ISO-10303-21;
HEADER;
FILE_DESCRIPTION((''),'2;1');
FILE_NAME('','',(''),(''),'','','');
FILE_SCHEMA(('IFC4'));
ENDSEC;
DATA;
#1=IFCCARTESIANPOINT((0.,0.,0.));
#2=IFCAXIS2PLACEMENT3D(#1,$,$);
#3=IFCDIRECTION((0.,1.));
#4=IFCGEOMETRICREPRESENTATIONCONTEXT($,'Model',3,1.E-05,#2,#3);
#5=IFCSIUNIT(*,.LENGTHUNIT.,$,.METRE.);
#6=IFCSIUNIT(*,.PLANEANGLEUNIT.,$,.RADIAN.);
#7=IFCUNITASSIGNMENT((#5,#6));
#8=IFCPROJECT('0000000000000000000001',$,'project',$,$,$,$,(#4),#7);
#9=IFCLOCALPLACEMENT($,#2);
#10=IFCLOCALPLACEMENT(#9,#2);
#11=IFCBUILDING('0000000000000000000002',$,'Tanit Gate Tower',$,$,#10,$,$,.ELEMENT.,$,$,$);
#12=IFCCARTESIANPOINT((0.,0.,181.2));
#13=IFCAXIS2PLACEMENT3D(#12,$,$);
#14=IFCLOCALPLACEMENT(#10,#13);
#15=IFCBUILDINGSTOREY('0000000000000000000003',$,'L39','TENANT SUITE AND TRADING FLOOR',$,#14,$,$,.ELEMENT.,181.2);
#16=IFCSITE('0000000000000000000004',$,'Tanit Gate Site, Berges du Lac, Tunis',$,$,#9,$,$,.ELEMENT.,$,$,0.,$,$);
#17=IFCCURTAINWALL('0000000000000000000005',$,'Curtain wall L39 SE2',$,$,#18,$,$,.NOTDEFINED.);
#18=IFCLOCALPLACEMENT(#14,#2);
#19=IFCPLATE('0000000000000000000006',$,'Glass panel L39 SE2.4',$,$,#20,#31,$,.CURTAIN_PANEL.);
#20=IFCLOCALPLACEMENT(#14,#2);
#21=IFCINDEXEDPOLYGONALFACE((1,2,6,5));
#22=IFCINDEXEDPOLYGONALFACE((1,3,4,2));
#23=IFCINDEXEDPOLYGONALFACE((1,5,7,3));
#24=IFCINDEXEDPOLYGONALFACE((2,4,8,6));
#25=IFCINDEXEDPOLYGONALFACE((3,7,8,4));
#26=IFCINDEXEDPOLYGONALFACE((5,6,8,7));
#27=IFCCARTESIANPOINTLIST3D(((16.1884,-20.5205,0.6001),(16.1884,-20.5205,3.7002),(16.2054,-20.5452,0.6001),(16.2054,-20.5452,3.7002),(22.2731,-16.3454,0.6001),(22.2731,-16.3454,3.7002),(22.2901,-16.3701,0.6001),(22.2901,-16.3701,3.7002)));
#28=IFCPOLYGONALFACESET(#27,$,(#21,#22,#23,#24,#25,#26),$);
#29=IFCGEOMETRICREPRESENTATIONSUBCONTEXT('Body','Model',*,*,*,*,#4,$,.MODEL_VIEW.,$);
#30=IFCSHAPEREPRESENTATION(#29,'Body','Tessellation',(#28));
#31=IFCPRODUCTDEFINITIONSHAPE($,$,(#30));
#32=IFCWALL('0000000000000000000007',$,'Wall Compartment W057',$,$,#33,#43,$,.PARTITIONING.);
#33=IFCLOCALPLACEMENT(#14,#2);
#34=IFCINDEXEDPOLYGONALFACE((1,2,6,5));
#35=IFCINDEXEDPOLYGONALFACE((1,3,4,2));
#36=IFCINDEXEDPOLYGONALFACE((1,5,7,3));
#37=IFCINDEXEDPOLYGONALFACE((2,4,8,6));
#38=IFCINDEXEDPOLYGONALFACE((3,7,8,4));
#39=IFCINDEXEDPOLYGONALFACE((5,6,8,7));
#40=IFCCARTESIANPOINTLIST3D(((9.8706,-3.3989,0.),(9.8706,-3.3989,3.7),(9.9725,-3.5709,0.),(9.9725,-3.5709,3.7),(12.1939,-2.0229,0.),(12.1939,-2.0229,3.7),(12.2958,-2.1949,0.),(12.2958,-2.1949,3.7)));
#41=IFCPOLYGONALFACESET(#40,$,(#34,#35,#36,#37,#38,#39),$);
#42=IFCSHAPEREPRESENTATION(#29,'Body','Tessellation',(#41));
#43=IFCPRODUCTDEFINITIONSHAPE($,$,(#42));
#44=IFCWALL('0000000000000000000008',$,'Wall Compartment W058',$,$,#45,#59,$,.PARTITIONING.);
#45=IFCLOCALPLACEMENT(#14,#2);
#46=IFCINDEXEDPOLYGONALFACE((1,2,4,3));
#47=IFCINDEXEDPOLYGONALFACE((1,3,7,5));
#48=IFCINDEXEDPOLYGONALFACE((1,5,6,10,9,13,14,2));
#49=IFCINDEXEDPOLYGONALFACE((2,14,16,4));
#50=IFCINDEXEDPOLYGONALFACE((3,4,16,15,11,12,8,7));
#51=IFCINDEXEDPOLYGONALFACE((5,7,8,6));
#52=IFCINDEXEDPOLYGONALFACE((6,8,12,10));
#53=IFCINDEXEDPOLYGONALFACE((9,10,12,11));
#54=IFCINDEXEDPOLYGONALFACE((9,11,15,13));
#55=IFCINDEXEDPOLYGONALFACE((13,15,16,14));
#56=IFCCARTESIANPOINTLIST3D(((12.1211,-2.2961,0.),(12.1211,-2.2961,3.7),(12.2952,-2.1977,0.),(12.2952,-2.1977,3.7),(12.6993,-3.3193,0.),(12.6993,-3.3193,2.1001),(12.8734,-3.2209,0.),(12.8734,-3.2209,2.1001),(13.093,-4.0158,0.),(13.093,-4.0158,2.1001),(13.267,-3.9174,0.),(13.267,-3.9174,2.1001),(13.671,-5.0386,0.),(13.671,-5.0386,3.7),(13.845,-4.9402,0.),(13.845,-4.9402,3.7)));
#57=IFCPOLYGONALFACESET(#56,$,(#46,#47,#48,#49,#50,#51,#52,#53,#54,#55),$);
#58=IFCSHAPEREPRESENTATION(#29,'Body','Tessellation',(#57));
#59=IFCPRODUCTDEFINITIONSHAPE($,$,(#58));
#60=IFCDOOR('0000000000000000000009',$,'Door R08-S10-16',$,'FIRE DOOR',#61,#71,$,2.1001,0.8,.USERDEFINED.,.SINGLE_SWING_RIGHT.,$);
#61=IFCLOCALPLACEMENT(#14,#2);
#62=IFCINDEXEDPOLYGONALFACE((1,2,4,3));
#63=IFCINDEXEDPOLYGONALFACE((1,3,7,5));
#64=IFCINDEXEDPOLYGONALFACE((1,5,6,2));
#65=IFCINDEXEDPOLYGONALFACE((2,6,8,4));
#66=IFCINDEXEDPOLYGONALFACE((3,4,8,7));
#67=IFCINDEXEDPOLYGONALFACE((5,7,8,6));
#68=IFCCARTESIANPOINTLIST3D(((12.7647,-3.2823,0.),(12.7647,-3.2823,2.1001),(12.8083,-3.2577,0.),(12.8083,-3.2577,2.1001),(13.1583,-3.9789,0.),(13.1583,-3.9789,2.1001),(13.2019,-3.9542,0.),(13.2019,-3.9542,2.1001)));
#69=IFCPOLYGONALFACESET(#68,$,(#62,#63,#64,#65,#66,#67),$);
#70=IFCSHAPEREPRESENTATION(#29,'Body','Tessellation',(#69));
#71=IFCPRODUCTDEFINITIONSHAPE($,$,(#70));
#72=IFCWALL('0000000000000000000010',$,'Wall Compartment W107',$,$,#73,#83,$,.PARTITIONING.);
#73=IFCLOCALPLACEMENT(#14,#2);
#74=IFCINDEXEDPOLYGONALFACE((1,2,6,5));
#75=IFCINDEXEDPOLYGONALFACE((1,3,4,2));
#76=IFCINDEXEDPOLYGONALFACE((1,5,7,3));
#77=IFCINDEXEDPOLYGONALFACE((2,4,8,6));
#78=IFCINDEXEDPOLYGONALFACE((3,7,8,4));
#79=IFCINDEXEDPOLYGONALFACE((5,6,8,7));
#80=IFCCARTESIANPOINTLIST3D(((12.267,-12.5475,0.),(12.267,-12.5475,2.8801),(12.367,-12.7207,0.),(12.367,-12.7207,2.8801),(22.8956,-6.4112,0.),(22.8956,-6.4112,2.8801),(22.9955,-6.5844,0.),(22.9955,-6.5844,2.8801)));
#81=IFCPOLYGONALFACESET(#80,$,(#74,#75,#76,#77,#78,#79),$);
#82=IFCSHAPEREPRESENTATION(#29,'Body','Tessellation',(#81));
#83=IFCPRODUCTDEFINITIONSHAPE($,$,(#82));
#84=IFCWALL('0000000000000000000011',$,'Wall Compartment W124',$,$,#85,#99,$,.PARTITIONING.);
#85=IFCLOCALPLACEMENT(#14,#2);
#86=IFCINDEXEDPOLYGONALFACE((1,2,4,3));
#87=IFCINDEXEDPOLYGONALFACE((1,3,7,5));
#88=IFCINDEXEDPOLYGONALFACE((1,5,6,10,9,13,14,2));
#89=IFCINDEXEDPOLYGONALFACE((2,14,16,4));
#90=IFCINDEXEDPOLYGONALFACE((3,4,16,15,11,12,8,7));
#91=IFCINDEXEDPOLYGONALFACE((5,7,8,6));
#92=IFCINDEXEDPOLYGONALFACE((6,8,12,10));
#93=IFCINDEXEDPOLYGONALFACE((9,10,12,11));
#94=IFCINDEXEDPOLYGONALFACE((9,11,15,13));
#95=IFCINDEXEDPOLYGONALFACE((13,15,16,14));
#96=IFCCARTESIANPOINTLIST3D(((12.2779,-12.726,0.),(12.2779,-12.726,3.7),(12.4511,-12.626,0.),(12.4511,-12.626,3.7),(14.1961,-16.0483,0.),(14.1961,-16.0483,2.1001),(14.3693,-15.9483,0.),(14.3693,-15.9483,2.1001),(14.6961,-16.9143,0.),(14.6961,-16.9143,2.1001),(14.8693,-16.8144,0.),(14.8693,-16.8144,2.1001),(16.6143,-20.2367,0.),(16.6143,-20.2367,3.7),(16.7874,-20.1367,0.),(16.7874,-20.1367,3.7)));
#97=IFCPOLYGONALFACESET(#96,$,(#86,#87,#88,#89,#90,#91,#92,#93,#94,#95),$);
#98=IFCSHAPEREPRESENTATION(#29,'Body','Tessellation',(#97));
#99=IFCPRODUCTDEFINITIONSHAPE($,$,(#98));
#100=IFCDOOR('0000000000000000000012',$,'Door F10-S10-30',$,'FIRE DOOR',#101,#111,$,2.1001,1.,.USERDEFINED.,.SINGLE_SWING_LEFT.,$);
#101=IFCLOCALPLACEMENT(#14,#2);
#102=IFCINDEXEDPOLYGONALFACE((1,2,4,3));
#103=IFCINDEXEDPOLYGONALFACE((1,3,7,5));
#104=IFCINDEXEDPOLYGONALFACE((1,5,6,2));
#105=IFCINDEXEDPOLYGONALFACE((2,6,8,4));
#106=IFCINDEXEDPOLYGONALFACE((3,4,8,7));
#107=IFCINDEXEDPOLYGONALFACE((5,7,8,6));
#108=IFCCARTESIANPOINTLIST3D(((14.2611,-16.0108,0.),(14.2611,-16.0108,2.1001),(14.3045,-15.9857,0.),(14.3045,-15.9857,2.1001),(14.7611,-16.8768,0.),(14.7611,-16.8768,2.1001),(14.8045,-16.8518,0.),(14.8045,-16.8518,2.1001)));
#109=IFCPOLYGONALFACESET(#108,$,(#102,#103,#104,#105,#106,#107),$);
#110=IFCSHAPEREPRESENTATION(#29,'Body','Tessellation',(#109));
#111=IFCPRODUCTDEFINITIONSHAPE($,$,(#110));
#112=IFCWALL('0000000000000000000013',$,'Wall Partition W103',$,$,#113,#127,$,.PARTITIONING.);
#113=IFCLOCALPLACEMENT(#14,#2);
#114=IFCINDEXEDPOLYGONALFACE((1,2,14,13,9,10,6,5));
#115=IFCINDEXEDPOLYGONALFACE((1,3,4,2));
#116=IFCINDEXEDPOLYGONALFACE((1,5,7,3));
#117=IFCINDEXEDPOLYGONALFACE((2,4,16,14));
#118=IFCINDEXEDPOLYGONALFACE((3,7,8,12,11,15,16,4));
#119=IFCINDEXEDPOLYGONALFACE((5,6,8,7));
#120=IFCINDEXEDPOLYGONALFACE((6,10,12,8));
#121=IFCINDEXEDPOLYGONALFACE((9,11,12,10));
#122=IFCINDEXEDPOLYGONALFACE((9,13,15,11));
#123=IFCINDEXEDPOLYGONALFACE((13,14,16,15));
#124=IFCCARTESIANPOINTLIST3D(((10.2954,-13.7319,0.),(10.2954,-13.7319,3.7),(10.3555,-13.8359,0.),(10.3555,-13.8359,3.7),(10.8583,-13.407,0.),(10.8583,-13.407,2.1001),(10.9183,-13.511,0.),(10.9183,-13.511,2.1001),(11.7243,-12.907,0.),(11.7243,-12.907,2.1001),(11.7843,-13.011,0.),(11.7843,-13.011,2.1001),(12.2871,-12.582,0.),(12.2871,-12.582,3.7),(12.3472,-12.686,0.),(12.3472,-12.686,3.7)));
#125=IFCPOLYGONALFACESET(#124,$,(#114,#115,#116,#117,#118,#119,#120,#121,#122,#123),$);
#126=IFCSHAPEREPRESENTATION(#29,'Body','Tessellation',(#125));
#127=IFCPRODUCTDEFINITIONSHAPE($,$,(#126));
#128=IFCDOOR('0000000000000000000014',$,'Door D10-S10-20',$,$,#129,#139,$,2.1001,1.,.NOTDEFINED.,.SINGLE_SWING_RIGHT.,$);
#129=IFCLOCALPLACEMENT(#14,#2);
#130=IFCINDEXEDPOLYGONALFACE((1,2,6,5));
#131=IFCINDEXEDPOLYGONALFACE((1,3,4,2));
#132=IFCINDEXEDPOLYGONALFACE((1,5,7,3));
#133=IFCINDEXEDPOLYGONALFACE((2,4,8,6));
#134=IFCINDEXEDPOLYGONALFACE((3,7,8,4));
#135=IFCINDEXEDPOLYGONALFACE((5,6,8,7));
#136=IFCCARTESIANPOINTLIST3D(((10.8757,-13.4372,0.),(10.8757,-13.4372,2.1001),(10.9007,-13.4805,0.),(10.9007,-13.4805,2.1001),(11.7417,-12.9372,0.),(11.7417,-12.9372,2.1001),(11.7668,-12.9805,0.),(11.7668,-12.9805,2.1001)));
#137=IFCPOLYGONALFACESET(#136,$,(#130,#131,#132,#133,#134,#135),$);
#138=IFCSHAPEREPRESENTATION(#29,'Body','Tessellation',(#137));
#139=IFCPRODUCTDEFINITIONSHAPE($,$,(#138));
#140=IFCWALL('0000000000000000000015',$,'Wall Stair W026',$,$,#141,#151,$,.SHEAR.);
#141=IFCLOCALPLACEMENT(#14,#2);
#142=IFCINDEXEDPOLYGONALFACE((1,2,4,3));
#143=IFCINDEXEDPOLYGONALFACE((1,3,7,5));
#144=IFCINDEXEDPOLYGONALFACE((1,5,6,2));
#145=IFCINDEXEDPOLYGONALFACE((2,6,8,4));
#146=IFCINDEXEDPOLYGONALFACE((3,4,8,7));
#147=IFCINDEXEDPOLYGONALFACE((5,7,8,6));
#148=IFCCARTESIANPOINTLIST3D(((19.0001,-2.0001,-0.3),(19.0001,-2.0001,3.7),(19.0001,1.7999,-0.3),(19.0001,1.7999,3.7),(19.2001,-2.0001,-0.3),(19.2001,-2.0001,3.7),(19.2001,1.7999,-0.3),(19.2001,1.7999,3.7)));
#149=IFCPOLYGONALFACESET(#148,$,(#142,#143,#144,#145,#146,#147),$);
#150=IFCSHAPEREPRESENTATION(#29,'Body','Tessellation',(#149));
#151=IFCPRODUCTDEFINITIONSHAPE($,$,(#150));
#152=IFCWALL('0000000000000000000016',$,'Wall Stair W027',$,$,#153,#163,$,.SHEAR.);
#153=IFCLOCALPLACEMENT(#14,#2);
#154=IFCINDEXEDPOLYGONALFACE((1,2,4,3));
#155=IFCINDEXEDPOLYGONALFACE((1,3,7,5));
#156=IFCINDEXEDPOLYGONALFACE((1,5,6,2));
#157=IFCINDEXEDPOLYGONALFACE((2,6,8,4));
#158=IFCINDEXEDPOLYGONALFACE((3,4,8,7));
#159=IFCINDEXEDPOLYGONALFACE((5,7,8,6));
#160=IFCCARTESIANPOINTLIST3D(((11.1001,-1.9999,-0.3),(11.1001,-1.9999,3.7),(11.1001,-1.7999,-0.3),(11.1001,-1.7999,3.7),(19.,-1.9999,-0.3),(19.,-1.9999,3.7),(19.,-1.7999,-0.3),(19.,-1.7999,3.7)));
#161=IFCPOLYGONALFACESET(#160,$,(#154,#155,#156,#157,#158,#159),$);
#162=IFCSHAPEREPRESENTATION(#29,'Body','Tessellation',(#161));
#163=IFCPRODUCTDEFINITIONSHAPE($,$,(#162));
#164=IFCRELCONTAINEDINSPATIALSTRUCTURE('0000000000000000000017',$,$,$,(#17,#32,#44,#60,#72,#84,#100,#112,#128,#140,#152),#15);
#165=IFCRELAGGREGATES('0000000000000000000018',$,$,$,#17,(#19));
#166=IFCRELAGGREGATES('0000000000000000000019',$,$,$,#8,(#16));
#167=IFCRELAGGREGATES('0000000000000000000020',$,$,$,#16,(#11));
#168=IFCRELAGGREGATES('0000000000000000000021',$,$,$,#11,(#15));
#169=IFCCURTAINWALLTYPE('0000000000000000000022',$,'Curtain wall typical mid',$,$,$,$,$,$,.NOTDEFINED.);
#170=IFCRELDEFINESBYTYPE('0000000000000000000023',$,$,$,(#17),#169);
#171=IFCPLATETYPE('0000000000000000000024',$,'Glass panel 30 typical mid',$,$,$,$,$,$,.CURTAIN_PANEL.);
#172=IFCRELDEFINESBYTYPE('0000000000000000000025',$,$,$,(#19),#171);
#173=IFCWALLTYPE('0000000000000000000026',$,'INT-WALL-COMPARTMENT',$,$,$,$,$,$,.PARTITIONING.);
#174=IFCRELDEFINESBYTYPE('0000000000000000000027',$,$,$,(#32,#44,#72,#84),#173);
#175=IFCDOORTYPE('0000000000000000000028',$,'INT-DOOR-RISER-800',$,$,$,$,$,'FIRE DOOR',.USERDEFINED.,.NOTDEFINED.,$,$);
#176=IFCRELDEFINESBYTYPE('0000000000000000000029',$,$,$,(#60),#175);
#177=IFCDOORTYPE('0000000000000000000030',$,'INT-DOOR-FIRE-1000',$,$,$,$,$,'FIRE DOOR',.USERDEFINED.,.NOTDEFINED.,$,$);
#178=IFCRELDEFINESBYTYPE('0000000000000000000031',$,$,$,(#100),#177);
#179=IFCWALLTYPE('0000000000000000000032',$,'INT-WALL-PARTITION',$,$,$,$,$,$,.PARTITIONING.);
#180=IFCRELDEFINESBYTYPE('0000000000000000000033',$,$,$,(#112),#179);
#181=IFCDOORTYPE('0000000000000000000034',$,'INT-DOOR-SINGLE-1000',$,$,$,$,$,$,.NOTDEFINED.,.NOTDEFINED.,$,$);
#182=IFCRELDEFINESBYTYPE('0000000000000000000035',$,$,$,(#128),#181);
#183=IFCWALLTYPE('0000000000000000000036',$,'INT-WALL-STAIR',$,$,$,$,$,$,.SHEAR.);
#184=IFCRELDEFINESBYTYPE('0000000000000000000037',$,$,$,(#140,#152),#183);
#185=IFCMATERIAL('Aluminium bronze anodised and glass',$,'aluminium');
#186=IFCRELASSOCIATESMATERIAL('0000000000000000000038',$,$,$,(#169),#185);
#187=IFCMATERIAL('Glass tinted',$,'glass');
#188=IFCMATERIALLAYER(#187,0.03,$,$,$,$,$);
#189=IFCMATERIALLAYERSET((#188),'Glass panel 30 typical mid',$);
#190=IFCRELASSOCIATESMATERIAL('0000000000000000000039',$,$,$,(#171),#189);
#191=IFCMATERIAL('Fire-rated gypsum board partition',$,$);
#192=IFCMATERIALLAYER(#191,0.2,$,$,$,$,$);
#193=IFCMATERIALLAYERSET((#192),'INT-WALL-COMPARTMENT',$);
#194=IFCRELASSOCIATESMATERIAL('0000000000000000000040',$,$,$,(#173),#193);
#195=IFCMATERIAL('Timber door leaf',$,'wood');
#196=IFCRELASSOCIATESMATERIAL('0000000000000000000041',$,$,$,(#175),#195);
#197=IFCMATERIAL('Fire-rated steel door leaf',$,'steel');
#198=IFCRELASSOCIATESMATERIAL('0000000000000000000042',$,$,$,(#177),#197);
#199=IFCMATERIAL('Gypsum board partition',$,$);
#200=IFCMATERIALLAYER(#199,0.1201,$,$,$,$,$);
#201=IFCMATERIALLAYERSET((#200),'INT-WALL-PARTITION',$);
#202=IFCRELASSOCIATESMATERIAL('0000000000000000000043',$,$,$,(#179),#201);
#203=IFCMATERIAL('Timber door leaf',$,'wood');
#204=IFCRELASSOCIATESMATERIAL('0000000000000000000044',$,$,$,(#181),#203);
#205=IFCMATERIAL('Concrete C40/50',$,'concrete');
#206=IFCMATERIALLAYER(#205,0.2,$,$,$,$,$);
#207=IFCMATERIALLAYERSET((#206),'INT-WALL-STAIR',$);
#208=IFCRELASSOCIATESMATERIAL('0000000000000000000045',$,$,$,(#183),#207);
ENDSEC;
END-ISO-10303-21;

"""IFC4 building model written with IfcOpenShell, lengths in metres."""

from ifc_helpers import new_model, si_unit, direction, frame, frame_2d, origin, origin_2d, place, context, subcontext, project, spatial, rectangle, extrude, material, layer, layer_set, type_object, element, fill, aggregate, save


model = new_model("IFC4")

# Units and contexts
model_context = context("Model", 3, precision=1e-05, world=origin(), true_north=direction((0.0, 1.0)))
body_context = subcontext(model_context, "Body", "Model", "MODEL_VIEW")
ifc_project = project(units=[si_unit("LENGTHUNIT", "METRE"), si_unit("PLANEANGLEUNIT", "RADIAN")], contexts=[model_context])

# Site, building, storey
site_placement = place(None, origin())
site = spatial("IfcSite", under=ifc_project, at=site_placement, Name="Tanit Gate Site, Berges du Lac, Tunis", CompositionType="ELEMENT", RefElevation=0.0)
building_placement = place(site_placement, origin())
building = spatial("IfcBuilding", under=site, at=building_placement, Name="Tanit Gate Tower", CompositionType="ELEMENT")
storey_placement = place(building_placement, frame((0.0, 0.0, 181.2)))
storey = spatial("IfcBuildingStorey", under=building, at=storey_placement, Name="L39", Description="TENANT SUITE AND TRADING FLOOR", CompositionType="ELEMENT", Elevation=181.2)

# Curtain wall
ifc_material_1 = material(Name="Aluminium bronze anodised and glass", Category="aluminium")
curtain_wall_type = type_object("IfcCurtainWallType", Name="Curtain wall typical mid", PredefinedType="NOTDEFINED", material=ifc_material_1)
curtain_wall_placement = place(storey_placement, origin())
curtain_wall = element("IfcCurtainWall", 1, at=curtain_wall_placement, inside=storey, type_object=curtain_wall_type, Name="Curtain wall L39 SE2", PredefinedType="NOTDEFINED")

# Plate
ifc_material_2 = material(Name="Glass tinted", Category="glass")
ifc_layer_1 = layer(ifc_material_2, 0.03)
ifc_layer_set_1 = layer_set([ifc_layer_1], Name="Glass panel 30 typical mid")
plate_type = type_object("IfcPlateType", Name="Glass panel 30 typical mid", PredefinedType="CURTAIN_PANEL", material=ifc_layer_set_1)
plate_1_placement = place(storey_placement, frame((19.2393, -18.4453, 0.6001), z_axis=(0.0, 0.0, 1.0), x_axis=(0.824557, 0.56578, 0.0)))
plate_1 = element("IfcPlate", 2, at=plate_1_placement, type_object=plate_type, Name="Glass panel L39 SE2.4", PredefinedType="CURTAIN_PANEL", context=body_context, shape_type="SweptSolid", body=[
    extrude(rectangle(XDim=7.3794, YDim=0.03, at=origin_2d()), origin(), (0.0, 0.0, 1.0), 3.1001),
])
aggregate(curtain_wall, [plate_1])

# Wall
ifc_material_3 = material(Name="Fire-rated gypsum board partition")
ifc_layer_2 = layer(ifc_material_3, 0.2)
ifc_layer_set_2 = layer_set([ifc_layer_2], Name="INT-WALL-COMPARTMENT")
wall_type_1 = type_object("IfcWallType", Name="INT-WALL-COMPARTMENT", PredefinedType="PARTITIONING", material=ifc_layer_set_2)
wall_1_placement = place(storey_placement, frame((12.2449, -2.1089, 0.0), z_axis=(0.0, 0.0, 1.0), x_axis=(-0.860415, -0.509594, 0.0)))
element("IfcWall", 3, at=wall_1_placement, inside=storey, type_object=wall_type_1, Name="Wall Compartment W057", PredefinedType="PARTITIONING", context=body_context, shape_type="SweptSolid", body=[
    extrude(rectangle(XDim=2.7002, YDim=0.2, at=frame_2d((1.3501, 0.0))), origin(), (0.0, 0.0, 1.0), 3.7),
])

# Wall, opening, door
wall_2_placement = place(storey_placement, frame((13.7581, -4.9895, 0.0), z_axis=(0.0, 0.0, 1.0), x_axis=(-0.491993, 0.870599, 0.0)))
wall_2 = element("IfcWall", 4, at=wall_2_placement, inside=storey, type_object=wall_type_1, Name="Wall Compartment W058", PredefinedType="PARTITIONING", context=body_context, shape_type="SweptSolid", body=[
    extrude(rectangle(XDim=3.1501, YDim=0.2, at=frame_2d((1.5752, 0.0))), origin(), (0.0, 0.0, 1.0), 3.7),
])
opening_1_placement = place(wall_2_placement, frame((1.175, 0.0, 0.0)))
opening_1 = element("IfcOpeningElement", 5, at=opening_1_placement, cuts=wall_2, PredefinedType="OPENING", context=body_context, shape_type="SweptSolid", body=[
    extrude(rectangle(XDim=0.8, YDim=2.1001, at=frame_2d((0.3999, 1.05))), frame((0.0, 0.1099, 0.0), z_axis=(0.0, -1.0, 0.0), x_axis=(1.0, 0.0, 0.0)), (0.0, 0.0, 1.0), 0.22),
])
ifc_material_4 = material(Name="Timber door leaf", Category="wood")
door_type_1 = type_object("IfcDoorType", Name="INT-DOOR-RISER-800", ElementType="FIRE DOOR", OperationType="NOTDEFINED", PredefinedType="USERDEFINED", material=ifc_material_4)
door_1_placement = place(opening_1_placement, origin())
door_1 = element("IfcDoor", 6, at=door_1_placement, inside=storey, type_object=door_type_1, Name="Door R08-S10-16", ObjectType="FIRE DOOR", OperationType="SINGLE_SWING_RIGHT", OverallHeight=2.1001, OverallWidth=0.8, PredefinedType="USERDEFINED", context=body_context, shape_type="SweptSolid", body=[
    extrude(rectangle(XDim=0.8, YDim=2.1001, at=frame_2d((0.3999, 1.05))), frame((0.0, 0.0249, 0.0), z_axis=(0.0, -1.0, 0.0), x_axis=(1.0, 0.0, 0.0)), (0.0, 0.0, 1.0), 0.05),
])
fill(opening_1, door_1)

# Wall
wall_3_placement = place(storey_placement, frame((12.3171, -12.634, 0.0), z_axis=(0.0, 0.0, 1.0), x_axis=(0.866029, 0.499995, 0.0)))
element("IfcWall", 7, at=wall_3_placement, inside=storey, type_object=wall_type_1, Name="Wall Compartment W107", PredefinedType="PARTITIONING", context=body_context, shape_type="SweptSolid", body=[
    extrude(rectangle(XDim=12.2727, YDim=0.2, at=frame_2d((6.1362, 0.0))), origin(), (0.0, 0.0, 1.0), 2.8801),
])

# Walls, openings, doors
wall_4_placement = place(storey_placement, frame((16.7009, -20.1868, 0.0), z_axis=(0.0, 0.0, 1.0), x_axis=(-0.500008, 0.866021, 0.0)))
wall_4 = element("IfcWall", 8, at=wall_4_placement, inside=storey, type_object=wall_type_1, Name="Wall Compartment W124", PredefinedType="PARTITIONING", context=body_context, shape_type="SweptSolid", body=[
    extrude(rectangle(XDim=8.6726, YDim=0.2, at=frame_2d((4.3364, 0.0))), origin(), (0.0, 0.0, 1.0), 3.7),
])
opening_2_placement = place(wall_4_placement, frame((3.8364, 0.0, 0.0)))
opening_2 = element("IfcOpeningElement", 9, at=opening_2_placement, cuts=wall_4, PredefinedType="OPENING", context=body_context, shape_type="SweptSolid", body=[
    extrude(rectangle(XDim=1.0, YDim=2.1001, at=frame_2d((0.5, 1.05))), frame((0.0, 0.1099, 0.0), z_axis=(0.0, -1.0, 0.0), x_axis=(1.0, 0.0, 0.0)), (0.0, 0.0, 1.0), 0.22),
])
ifc_material_5 = material(Name="Fire-rated steel door leaf", Category="steel")
door_type_2 = type_object("IfcDoorType", Name="INT-DOOR-FIRE-1000", ElementType="FIRE DOOR", OperationType="NOTDEFINED", PredefinedType="USERDEFINED", material=ifc_material_5)
door_2_placement = place(opening_2_placement, origin())
door_2 = element("IfcDoor", 10, at=door_2_placement, inside=storey, type_object=door_type_2, Name="Door F10-S10-30", ObjectType="FIRE DOOR", OperationType="SINGLE_SWING_LEFT", OverallHeight=2.1001, OverallWidth=1.0, PredefinedType="USERDEFINED", context=body_context, shape_type="SweptSolid", body=[
    extrude(rectangle(XDim=1.0, YDim=2.1001, at=frame_2d((0.5, 1.05))), frame((0.0, 0.0249, 0.0), z_axis=(0.0, -1.0, 0.0), x_axis=(1.0, 0.0, 0.0)), (0.0, 0.0, 1.0), 0.05),
])
fill(opening_2, door_2)
ifc_material_6 = material(Name="Gypsum board partition")
ifc_layer_3 = layer(ifc_material_6, 0.1201)
ifc_layer_set_3 = layer_set([ifc_layer_3], Name="INT-WALL-PARTITION")
wall_type_2 = type_object("IfcWallType", Name="INT-WALL-PARTITION", PredefinedType="PARTITIONING", material=ifc_layer_set_3)
wall_5_placement = place(storey_placement, frame((12.3171, -12.634, 0.0), z_axis=(0.0, 0.0, 1.0), x_axis=(-0.866026, -0.499998, 0.0)))
wall_5 = element("IfcWall", 11, at=wall_5_placement, inside=storey, type_object=wall_type_2, Name="Wall Partition W103", PredefinedType="PARTITIONING", context=body_context, shape_type="SweptSolid", body=[
    extrude(rectangle(XDim=2.2998, YDim=0.1201, at=frame_2d((1.1499, 0.0))), origin(), (0.0, 0.0, 1.0), 3.7),
])
opening_3_placement = place(wall_5_placement, frame((0.6499, 0.0, 0.0)))
opening_3 = element("IfcOpeningElement", 12, at=opening_3_placement, cuts=wall_5, PredefinedType="OPENING", context=body_context, shape_type="SweptSolid", body=[
    extrude(rectangle(XDim=1.0, YDim=2.1001, at=frame_2d((0.5, 1.05))), frame((0.0, 0.0701, 0.0), z_axis=(0.0, -1.0, 0.0), x_axis=(1.0, 0.0, 0.0)), (0.0, 0.0, 1.0), 0.1401),
])
ifc_material_7 = material(Name="Timber door leaf", Category="wood")
door_type_3 = type_object("IfcDoorType", Name="INT-DOOR-SINGLE-1000", OperationType="NOTDEFINED", PredefinedType="NOTDEFINED", material=ifc_material_7)
door_3_placement = place(opening_3_placement, origin())
door_3 = element("IfcDoor", 13, at=door_3_placement, inside=storey, type_object=door_type_3, Name="Door D10-S10-20", OperationType="SINGLE_SWING_RIGHT", OverallHeight=2.1001, OverallWidth=1.0, PredefinedType="NOTDEFINED", context=body_context, shape_type="SweptSolid", body=[
    extrude(rectangle(XDim=1.0, YDim=2.1001, at=frame_2d((0.5, 1.05))), frame((0.0, 0.0249, 0.0), z_axis=(0.0, -1.0, 0.0), x_axis=(1.0, 0.0, 0.0)), (0.0, 0.0, 1.0), 0.05),
])
fill(opening_3, door_3)

# Walls
ifc_material_8 = material(Name="Concrete C40/50", Category="concrete")
ifc_layer_4 = layer(ifc_material_8, 0.2)
ifc_layer_set_4 = layer_set([ifc_layer_4], Name="INT-WALL-STAIR")
wall_type_3 = type_object("IfcWallType", Name="INT-WALL-STAIR", PredefinedType="SHEAR", material=ifc_layer_set_4)
wall_6_placement = place(storey_placement, frame((19.1001, -2.0, -0.3), z_axis=(0.0, 0.0, 1.0), x_axis=(0.0, 1.0, 0.0)))
element("IfcWall", 14, at=wall_6_placement, inside=storey, type_object=wall_type_3, Name="Wall Stair W026", PredefinedType="SHEAR", context=body_context, shape_type="SweptSolid", body=[
    extrude(rectangle(XDim=3.8, YDim=0.2, at=frame_2d((1.8999, 0.0))), origin(), (0.0, 0.0, 1.0), 4.0),
])
wall_7_placement = place(storey_placement, frame((11.1001, -1.8999, -0.3), z_axis=(0.0, 0.0, 1.0), x_axis=(1.0, 0.0, 0.0)))
element("IfcWall", 15, at=wall_7_placement, inside=storey, type_object=wall_type_3, Name="Wall Stair W027", PredefinedType="SHEAR", context=body_context, shape_type="SweptSolid", body=[
    extrude(rectangle(XDim=7.8999, YDim=0.2, at=frame_2d((3.95, 0.0))), origin(), (0.0, 0.0, 1.0), 4.0),
])

save(model, "model.ifc")
